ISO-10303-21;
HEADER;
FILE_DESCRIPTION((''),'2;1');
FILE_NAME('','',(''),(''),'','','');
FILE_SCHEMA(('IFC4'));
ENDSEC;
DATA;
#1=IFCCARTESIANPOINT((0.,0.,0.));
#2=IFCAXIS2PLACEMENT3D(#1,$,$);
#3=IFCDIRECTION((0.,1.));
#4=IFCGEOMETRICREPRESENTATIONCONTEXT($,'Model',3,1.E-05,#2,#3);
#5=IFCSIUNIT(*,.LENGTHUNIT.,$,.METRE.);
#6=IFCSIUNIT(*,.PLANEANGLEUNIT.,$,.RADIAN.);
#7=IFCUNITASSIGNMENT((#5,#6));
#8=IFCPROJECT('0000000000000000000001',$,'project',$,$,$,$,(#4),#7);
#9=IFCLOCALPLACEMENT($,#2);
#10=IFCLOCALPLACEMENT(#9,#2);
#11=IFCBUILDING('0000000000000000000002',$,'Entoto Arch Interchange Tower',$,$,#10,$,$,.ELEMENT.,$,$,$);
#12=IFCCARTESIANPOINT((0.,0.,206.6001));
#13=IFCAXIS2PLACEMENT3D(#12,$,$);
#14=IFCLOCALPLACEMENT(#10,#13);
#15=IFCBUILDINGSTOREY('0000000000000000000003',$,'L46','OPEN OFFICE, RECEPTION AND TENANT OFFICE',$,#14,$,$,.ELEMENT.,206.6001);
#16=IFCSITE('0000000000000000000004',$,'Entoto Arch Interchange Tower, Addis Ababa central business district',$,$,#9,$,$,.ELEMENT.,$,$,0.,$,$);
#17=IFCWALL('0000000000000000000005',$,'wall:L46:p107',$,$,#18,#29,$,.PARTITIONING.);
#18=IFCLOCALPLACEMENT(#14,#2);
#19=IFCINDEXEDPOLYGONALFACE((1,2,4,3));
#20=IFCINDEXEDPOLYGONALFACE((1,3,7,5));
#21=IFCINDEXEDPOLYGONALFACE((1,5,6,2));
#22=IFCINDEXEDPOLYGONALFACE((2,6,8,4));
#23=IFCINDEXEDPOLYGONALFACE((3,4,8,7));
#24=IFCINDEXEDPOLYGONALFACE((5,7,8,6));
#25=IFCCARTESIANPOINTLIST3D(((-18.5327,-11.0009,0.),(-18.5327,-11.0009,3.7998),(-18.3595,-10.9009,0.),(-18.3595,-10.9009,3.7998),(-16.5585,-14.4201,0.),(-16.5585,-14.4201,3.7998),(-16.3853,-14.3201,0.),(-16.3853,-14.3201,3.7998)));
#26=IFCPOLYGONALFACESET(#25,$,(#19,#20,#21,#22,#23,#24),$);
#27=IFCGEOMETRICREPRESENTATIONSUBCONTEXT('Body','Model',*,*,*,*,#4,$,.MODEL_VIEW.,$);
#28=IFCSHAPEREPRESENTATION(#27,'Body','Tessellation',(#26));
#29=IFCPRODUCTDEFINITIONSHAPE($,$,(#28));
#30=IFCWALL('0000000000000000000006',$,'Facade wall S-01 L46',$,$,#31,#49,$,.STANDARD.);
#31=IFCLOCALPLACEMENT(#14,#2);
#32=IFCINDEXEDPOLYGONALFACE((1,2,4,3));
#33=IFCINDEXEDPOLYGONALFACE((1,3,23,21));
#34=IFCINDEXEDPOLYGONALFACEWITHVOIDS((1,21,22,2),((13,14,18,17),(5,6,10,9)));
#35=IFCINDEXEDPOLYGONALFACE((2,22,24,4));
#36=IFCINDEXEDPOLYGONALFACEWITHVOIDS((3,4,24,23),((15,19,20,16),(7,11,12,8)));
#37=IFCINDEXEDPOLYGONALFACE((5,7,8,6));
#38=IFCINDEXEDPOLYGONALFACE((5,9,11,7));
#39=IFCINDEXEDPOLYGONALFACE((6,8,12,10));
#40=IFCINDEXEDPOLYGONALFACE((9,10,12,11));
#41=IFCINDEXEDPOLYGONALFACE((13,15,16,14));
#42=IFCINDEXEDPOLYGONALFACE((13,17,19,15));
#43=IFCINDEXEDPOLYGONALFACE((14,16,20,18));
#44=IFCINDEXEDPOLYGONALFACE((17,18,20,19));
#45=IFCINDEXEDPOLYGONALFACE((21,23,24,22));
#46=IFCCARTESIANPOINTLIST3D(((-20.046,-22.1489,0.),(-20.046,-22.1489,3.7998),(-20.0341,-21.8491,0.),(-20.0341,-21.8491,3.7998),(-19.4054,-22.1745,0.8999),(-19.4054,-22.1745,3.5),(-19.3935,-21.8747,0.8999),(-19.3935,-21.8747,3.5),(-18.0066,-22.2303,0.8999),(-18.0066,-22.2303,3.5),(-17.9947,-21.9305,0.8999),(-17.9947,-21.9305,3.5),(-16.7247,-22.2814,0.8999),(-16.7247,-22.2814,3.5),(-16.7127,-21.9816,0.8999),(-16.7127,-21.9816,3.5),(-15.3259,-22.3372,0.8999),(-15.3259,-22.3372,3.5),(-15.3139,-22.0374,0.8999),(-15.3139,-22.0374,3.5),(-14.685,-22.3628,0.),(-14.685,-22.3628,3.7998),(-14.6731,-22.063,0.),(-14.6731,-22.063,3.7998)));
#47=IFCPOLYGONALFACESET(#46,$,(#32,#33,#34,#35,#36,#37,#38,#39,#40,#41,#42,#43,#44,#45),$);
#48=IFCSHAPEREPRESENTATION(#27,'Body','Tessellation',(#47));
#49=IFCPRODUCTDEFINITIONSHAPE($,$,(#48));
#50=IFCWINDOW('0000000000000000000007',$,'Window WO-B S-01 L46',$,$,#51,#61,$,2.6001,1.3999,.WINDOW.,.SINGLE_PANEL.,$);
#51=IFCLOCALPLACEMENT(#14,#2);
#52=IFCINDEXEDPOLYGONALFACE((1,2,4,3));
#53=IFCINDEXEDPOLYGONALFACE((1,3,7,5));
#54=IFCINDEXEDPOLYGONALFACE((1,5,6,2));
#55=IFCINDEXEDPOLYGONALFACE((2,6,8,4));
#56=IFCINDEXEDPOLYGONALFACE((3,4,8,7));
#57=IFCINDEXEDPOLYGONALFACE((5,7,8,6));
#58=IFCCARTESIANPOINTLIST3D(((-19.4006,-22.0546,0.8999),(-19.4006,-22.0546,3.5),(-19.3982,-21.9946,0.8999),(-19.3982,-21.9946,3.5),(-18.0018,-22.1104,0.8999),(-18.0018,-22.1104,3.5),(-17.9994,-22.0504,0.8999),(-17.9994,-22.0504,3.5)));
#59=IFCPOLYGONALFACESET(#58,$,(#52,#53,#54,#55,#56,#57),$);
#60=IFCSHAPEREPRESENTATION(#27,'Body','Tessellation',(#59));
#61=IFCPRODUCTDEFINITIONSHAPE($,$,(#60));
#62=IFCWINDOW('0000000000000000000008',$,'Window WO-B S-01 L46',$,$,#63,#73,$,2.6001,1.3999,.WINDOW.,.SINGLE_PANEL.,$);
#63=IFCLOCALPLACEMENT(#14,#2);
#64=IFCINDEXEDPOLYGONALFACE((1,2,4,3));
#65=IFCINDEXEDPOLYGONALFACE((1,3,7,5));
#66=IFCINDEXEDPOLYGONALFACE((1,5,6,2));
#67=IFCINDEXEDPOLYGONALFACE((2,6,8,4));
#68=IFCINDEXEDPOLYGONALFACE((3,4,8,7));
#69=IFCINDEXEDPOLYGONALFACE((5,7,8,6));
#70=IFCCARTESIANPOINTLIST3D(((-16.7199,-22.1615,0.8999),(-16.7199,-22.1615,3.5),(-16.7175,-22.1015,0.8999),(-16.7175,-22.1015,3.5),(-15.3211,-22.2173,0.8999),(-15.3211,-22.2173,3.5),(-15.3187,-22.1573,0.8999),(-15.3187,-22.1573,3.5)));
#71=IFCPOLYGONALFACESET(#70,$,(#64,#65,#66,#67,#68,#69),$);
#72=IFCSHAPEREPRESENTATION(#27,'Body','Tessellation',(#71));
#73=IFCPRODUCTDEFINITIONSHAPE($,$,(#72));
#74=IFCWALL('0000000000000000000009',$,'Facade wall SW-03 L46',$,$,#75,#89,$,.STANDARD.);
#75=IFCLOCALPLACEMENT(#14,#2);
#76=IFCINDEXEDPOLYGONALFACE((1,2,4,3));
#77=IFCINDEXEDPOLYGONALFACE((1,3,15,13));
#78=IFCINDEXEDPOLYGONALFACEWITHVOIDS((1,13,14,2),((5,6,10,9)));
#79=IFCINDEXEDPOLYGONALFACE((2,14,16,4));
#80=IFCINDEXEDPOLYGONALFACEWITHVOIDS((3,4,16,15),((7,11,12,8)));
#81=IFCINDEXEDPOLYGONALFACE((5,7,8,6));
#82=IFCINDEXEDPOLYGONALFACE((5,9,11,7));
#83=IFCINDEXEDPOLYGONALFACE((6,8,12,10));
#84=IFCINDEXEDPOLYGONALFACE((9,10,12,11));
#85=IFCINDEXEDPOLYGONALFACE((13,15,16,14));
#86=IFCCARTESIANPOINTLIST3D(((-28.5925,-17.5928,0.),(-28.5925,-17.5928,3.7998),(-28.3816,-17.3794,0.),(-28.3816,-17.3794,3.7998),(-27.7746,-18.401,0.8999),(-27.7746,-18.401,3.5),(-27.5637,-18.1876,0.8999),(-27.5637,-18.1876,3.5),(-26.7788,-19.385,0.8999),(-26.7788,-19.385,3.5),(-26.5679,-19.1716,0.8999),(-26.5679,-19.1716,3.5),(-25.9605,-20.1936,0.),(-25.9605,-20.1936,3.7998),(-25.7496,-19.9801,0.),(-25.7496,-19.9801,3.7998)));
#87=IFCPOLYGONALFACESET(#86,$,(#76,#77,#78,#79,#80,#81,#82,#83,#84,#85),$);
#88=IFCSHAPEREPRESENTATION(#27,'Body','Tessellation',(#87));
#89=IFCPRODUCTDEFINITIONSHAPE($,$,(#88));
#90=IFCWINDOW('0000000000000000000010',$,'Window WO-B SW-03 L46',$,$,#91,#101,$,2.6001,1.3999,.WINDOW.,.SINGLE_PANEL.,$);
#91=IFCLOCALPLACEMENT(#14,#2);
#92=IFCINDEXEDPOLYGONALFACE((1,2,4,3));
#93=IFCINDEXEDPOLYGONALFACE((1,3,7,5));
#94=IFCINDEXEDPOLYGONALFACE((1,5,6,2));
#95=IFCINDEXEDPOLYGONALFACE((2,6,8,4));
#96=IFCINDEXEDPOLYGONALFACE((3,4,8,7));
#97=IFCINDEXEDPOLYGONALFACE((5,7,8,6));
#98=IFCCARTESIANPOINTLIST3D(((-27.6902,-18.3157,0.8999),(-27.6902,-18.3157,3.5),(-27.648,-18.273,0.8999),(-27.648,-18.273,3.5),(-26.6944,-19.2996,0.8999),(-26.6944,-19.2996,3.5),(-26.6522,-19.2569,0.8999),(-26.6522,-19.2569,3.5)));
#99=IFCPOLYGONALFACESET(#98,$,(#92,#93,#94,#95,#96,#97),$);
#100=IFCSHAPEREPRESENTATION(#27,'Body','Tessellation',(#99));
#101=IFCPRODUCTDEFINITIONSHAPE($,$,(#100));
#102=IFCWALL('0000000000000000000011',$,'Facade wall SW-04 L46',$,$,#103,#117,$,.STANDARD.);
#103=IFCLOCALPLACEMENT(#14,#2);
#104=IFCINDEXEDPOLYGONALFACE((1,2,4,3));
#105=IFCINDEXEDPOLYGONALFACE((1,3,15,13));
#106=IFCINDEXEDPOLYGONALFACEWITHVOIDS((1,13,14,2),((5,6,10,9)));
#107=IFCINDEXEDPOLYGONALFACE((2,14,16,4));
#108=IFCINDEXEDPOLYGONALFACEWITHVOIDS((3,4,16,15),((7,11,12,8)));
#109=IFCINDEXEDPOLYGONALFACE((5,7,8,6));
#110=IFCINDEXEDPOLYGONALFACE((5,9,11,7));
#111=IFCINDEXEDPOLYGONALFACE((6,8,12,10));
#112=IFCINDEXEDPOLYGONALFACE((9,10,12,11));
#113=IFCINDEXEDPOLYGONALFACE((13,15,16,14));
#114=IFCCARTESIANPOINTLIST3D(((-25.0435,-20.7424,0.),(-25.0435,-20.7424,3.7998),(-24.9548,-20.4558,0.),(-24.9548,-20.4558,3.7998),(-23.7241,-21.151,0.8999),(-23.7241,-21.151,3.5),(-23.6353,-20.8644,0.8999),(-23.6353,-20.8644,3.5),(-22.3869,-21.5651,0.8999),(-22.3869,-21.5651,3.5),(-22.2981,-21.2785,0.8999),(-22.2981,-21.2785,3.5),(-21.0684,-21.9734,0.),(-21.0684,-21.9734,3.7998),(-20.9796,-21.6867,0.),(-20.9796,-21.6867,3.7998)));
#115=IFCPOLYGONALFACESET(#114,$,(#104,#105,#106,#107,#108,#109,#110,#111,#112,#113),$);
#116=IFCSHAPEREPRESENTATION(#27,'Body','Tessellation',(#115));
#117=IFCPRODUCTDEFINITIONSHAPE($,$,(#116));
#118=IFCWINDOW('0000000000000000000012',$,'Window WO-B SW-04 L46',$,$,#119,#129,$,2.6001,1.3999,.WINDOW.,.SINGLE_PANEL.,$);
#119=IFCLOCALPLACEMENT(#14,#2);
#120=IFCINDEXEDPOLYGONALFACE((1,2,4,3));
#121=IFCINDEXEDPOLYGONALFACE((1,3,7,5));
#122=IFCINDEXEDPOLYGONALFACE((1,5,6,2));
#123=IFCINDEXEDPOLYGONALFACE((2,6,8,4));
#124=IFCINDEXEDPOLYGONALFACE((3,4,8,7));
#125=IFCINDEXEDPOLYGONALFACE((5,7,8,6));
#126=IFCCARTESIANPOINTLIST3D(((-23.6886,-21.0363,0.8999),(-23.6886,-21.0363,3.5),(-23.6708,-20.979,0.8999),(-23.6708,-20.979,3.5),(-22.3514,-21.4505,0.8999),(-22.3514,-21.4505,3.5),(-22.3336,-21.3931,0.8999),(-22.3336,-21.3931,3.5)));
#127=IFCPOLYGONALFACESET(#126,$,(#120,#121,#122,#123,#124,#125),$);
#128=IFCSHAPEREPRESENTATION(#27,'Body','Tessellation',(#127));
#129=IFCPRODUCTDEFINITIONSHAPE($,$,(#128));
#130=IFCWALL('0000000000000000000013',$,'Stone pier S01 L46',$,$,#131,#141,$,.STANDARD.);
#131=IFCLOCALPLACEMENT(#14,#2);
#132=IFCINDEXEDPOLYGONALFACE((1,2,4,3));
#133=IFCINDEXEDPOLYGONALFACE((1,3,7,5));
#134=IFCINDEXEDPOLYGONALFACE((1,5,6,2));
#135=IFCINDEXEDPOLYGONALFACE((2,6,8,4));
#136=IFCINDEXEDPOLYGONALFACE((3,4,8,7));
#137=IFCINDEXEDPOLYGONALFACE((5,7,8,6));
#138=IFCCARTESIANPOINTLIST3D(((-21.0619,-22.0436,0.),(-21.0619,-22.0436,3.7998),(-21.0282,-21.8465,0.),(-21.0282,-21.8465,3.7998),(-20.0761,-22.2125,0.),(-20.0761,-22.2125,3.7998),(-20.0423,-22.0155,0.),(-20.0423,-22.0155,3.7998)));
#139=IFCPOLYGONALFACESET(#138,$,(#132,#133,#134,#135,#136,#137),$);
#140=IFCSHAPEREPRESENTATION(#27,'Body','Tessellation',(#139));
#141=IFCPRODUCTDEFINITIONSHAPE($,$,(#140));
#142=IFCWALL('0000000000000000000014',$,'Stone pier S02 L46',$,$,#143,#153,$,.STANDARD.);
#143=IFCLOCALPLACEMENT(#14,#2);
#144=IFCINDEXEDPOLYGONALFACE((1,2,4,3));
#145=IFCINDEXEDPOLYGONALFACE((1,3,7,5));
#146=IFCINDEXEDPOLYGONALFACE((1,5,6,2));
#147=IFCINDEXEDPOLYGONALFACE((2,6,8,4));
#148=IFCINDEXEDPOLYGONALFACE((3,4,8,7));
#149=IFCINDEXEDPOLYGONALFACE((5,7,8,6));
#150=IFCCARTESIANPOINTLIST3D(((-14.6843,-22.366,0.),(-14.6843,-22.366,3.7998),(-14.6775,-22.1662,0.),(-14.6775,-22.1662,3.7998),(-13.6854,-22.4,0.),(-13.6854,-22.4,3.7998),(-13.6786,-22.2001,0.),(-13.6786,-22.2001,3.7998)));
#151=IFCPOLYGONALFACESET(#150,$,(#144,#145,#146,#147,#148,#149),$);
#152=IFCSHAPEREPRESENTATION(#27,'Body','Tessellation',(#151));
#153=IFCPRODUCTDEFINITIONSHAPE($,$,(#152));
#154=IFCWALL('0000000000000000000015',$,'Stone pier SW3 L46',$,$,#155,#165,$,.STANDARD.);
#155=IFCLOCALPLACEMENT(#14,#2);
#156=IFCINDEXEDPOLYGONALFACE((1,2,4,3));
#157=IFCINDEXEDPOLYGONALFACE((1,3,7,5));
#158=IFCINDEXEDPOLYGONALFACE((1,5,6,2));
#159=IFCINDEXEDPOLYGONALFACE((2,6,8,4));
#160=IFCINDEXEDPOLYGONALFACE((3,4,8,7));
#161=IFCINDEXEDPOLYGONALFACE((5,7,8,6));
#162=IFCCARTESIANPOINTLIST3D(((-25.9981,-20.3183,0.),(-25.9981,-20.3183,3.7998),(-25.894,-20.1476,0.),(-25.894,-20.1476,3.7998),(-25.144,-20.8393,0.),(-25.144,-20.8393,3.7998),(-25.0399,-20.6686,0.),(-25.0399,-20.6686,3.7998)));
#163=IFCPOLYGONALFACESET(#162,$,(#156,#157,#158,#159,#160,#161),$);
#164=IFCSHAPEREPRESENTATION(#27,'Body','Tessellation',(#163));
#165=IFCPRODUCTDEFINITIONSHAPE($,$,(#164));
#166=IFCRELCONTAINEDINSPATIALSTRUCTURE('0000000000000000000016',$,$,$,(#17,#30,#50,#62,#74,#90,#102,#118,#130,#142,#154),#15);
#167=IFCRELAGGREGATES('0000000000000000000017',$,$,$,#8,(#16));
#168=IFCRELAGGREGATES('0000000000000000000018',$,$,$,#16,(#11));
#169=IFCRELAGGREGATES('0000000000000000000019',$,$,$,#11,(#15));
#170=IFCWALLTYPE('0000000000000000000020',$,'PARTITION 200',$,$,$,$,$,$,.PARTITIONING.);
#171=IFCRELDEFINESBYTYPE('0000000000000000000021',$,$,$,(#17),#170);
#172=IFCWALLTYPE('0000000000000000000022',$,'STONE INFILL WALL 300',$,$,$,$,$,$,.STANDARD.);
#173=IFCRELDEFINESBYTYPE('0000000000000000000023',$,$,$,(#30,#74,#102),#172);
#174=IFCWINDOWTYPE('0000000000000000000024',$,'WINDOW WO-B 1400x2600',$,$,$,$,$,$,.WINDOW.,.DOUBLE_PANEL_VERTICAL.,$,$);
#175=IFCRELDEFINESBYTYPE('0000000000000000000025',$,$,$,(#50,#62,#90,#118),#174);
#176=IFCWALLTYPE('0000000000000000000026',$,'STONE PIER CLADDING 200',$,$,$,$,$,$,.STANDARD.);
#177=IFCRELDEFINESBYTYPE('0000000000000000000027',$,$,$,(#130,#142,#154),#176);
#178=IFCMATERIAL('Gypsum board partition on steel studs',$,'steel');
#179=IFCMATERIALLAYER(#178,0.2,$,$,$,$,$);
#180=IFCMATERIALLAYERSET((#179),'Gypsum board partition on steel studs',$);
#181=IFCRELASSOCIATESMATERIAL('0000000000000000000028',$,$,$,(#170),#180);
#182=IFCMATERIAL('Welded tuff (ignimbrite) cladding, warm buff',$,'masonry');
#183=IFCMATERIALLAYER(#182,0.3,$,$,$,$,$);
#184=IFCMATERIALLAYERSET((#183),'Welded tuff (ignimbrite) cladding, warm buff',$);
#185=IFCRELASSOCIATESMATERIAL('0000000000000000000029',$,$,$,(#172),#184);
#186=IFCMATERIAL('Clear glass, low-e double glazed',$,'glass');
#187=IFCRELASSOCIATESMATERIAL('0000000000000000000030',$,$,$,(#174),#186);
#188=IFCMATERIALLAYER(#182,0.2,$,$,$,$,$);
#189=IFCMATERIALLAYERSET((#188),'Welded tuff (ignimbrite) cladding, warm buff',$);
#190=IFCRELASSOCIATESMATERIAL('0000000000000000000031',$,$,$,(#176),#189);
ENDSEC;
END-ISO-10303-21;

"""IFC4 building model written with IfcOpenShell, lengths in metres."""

from ifc_helpers import new_model, si_unit, direction, frame, frame_2d, origin, place, context, subcontext, project, spatial, rectangle, extrude, material, layer, layer_set, type_object, element, fill, save


model = new_model("IFC4")

# Units and contexts
model_context = context("Model", 3, precision=1e-05, world=origin(), true_north=direction((0.0, 1.0)))
body_context = subcontext(model_context, "Body", "Model", "MODEL_VIEW")
ifc_project = project(units=[si_unit("LENGTHUNIT", "METRE"), si_unit("PLANEANGLEUNIT", "RADIAN")], contexts=[model_context])

# Site, building, storey
site_placement = place(None, origin())
site = spatial("IfcSite", under=ifc_project, at=site_placement, Name="Entoto Arch Interchange Tower, Addis Ababa central business district", CompositionType="ELEMENT", RefElevation=0.0)
building_placement = place(site_placement, origin())
building = spatial("IfcBuilding", under=site, at=building_placement, Name="Entoto Arch Interchange Tower", CompositionType="ELEMENT")
storey_placement = place(building_placement, frame((0.0, 0.0, 206.6001)))
storey = spatial("IfcBuildingStorey", under=building, at=storey_placement, Name="L46", Description="OPEN OFFICE, RECEPTION AND TENANT OFFICE", CompositionType="ELEMENT", Elevation=206.6001)

# Shared definitions
ifc_material_1 = material(Name="Gypsum board partition on steel studs", Category="steel")
ifc_layer_1 = layer(ifc_material_1, 0.2)
ifc_layer_set_1 = layer_set([ifc_layer_1], Name="Gypsum board partition on steel studs")
wall_type_1 = type_object("IfcWallType", Name="PARTITION 200", PredefinedType="PARTITIONING", material=ifc_layer_set_1)

# Wall
wall_1_placement = place(storey_placement, frame((-16.4719, -14.3701, 0.0), z_axis=(0.0, 0.0, 1.0), x_axis=(-0.50001, 0.86602, 0.0)))
element("IfcWall", 1, at=wall_1_placement, inside=storey, type_object=wall_type_1, Name="wall:L46:p107", PredefinedType="PARTITIONING", context=body_context, shape_type="SweptSolid", body=[
    extrude(rectangle(XDim=3.9482, YDim=0.2, at=frame_2d((1.9741, 0.0))), origin(), (0.0, 0.0, 1.0), 3.7998),
])

# Wall, openings, windows
ifc_material_2 = material(Name="Welded tuff (ignimbrite) cladding, warm buff", Category="masonry")
ifc_layer_2 = layer(ifc_material_2, 0.3)
ifc_layer_set_2 = layer_set([ifc_layer_2], Name="Welded tuff (ignimbrite) cladding, warm buff")
wall_type_2 = type_object("IfcWallType", Name="STONE INFILL WALL 300", PredefinedType="STANDARD", material=ifc_layer_set_2)
wall_2_placement = place(storey_placement, frame((-20.04, -21.999, 0.0), z_axis=(0.0, 0.0, 1.0), x_axis=(0.999205, -0.039861, 0.0)))
wall_2 = element("IfcWall", 2, at=wall_2_placement, inside=storey, type_object=wall_type_2, Name="Facade wall S-01 L46", PredefinedType="STANDARD", context=body_context, shape_type="SweptSolid", body=[
    extrude(rectangle(XDim=5.3652, YDim=0.3, at=frame_2d((2.6826, 0.0))), origin(), (0.0, 0.0, 1.0), 3.7998),
])
opening_1_placement = place(wall_2_placement, frame((0.6411, 0.0, 0.8999)))
opening_1 = element("IfcOpeningElement", 3, at=opening_1_placement, cuts=wall_2, PredefinedType="OPENING", context=body_context, shape_type="SweptSolid", body=[
    extrude(rectangle(XDim=1.3999, YDim=2.6001, at=frame_2d((0.7, 1.3))), frame((0.0, 0.1602, 0.0), z_axis=(0.0, -1.0, 0.0), x_axis=(1.0, 0.0, 0.0)), (0.0, 0.0, 1.0), 0.3201),
])
opening_2_placement = place(wall_2_placement, frame((3.324, 0.0, 0.8999)))
opening_2 = element("IfcOpeningElement", 4, at=opening_2_placement, cuts=wall_2, PredefinedType="OPENING", context=body_context, shape_type="SweptSolid", body=[
    extrude(rectangle(XDim=1.3999, YDim=2.6001, at=frame_2d((0.7, 1.3))), frame((0.0, 0.1602, 0.0), z_axis=(0.0, -1.0, 0.0), x_axis=(1.0, 0.0, 0.0)), (0.0, 0.0, 1.0), 0.3201),
])
ifc_material_3 = material(Name="Clear glass, low-e double glazed", Category="glass")
window_type = type_object("IfcWindowType", Name="WINDOW WO-B 1400x2600", PartitioningType="DOUBLE_PANEL_VERTICAL", PredefinedType="WINDOW", material=ifc_material_3)
window_1_placement = place(opening_1_placement, origin())
window_1 = element("IfcWindow", 5, at=window_1_placement, inside=storey, type_object=window_type, Name="Window WO-B S-01 L46", OverallHeight=2.6001, OverallWidth=1.3999, PartitioningType="SINGLE_PANEL", PredefinedType="WINDOW", context=body_context, shape_type="SweptSolid", body=[
    extrude(rectangle(XDim=1.3999, YDim=2.6001, at=frame_2d((0.7, 1.3))), frame((0.0, 0.03, 0.0), z_axis=(0.0, -1.0, 0.0), x_axis=(1.0, 0.0, 0.0)), (0.0, 0.0, 1.0), 0.0601),
])
fill(opening_1, window_1)
window_2_placement = place(opening_2_placement, origin())
window_2 = element("IfcWindow", 6, at=window_2_placement, inside=storey, type_object=window_type, Name="Window WO-B S-01 L46", OverallHeight=2.6001, OverallWidth=1.3999, PartitioningType="SINGLE_PANEL", PredefinedType="WINDOW", context=body_context, shape_type="SweptSolid", body=[
    extrude(rectangle(XDim=1.3999, YDim=2.6001, at=frame_2d((0.7, 1.3))), frame((0.0, 0.03, 0.0), z_axis=(0.0, -1.0, 0.0), x_axis=(1.0, 0.0, 0.0)), (0.0, 0.0, 1.0), 0.0601),
])
fill(opening_2, window_2)

# Walls, openings, windows
wall_3_placement = place(storey_placement, frame((-28.4871, -17.4861, 0.0), z_axis=(0.0, 0.0, 1.0), x_axis=(0.711317, -0.702872, 0.0)))
wall_3 = element("IfcWall", 7, at=wall_3_placement, inside=storey, type_object=wall_type_2, Name="Facade wall SW-03 L46", PredefinedType="STANDARD", context=body_context, shape_type="SweptSolid", body=[
    extrude(rectangle(XDim=3.7002, YDim=0.3, at=frame_2d((1.8501, 0.0))), origin(), (0.0, 0.0, 1.0), 3.7998),
])
opening_3_placement = place(wall_3_placement, frame((1.1499, 0.0, 0.8999)))
opening_3 = element("IfcOpeningElement", 8, at=opening_3_placement, cuts=wall_3, PredefinedType="OPENING", context=body_context, shape_type="SweptSolid", body=[
    extrude(rectangle(XDim=1.3999, YDim=2.6001, at=frame_2d((0.7, 1.3))), frame((0.0, 0.1602, 0.0), z_axis=(0.0, -1.0, 0.0), x_axis=(1.0, 0.0, 0.0)), (0.0, 0.0, 1.0), 0.3201),
])
window_3_placement = place(opening_3_placement, origin())
window_3 = element("IfcWindow", 9, at=window_3_placement, inside=storey, type_object=window_type, Name="Window WO-B SW-03 L46", OverallHeight=2.6001, OverallWidth=1.3999, PartitioningType="SINGLE_PANEL", PredefinedType="WINDOW", context=body_context, shape_type="SweptSolid", body=[
    extrude(rectangle(XDim=1.3999, YDim=2.6001, at=frame_2d((0.7, 1.3))), frame((0.0, 0.03, 0.0), z_axis=(0.0, -1.0, 0.0), x_axis=(1.0, 0.0, 0.0)), (0.0, 0.0, 1.0), 0.0601),
])
fill(opening_3, window_3)
wall_4_placement = place(storey_placement, frame((-24.999, -20.5991, 0.0), z_axis=(0.0, 0.0, 1.0), x_axis=(0.955247, -0.295809, 0.0)))
wall_4 = element("IfcWall", 10, at=wall_4_placement, inside=storey, type_object=wall_type_2, Name="Facade wall SW-04 L46", PredefinedType="STANDARD", context=body_context, shape_type="SweptSolid", body=[
    extrude(rectangle(XDim=4.1614, YDim=0.3, at=frame_2d((2.0806, 0.0))), origin(), (0.0, 0.0, 1.0), 3.7998),
])
opening_4_placement = place(wall_4_placement, frame((1.3811, 0.0, 0.8999)))
opening_4 = element("IfcOpeningElement", 11, at=opening_4_placement, cuts=wall_4, PredefinedType="OPENING", context=body_context, shape_type="SweptSolid", body=[
    extrude(rectangle(XDim=1.3999, YDim=2.6001, at=frame_2d((0.7, 1.3))), frame((0.0, 0.1602, 0.0), z_axis=(0.0, -1.0, 0.0), x_axis=(1.0, 0.0, 0.0)), (0.0, 0.0, 1.0), 0.3201),
])
window_4_placement = place(opening_4_placement, origin())
window_4 = element("IfcWindow", 12, at=window_4_placement, inside=storey, type_object=window_type, Name="Window WO-B SW-04 L46", OverallHeight=2.6001, OverallWidth=1.3999, PartitioningType="SINGLE_PANEL", PredefinedType="WINDOW", context=body_context, shape_type="SweptSolid", body=[
    extrude(rectangle(XDim=1.3999, YDim=2.6001, at=frame_2d((0.7, 1.3))), frame((0.0, 0.03, 0.0), z_axis=(0.0, -1.0, 0.0), x_axis=(1.0, 0.0, 0.0)), (0.0, 0.0, 1.0), 0.0601),
])
fill(opening_4, window_4)

# Walls
ifc_layer_3 = layer(ifc_material_2, 0.2)
ifc_layer_set_3 = layer_set([ifc_layer_3], Name="Welded tuff (ignimbrite) cladding, warm buff")
wall_type_3 = type_object("IfcWallType", Name="STONE PIER CLADDING 200", PredefinedType="STANDARD", material=ifc_layer_set_3)
wall_5_placement = place(storey_placement, frame((-21.0449, -21.9451, 0.0), z_axis=(0.0, 0.0, 1.0), x_axis=(0.985632, -0.16891, 0.0)))
element("IfcWall", 13, at=wall_5_placement, inside=storey, type_object=wall_type_3, Name="Stone pier S01 L46", PredefinedType="STANDARD", context=body_context, shape_type="SweptSolid", body=[
    extrude(rectangle(XDim=1.0002, YDim=0.2, at=frame_2d((0.5, 0.0))), origin(), (0.0, 0.0, 1.0), 3.7998),
])
wall_6_placement = place(storey_placement, frame((-14.6809, -22.2661, 0.0), z_axis=(0.0, 0.0, 1.0), x_axis=(0.999424, -0.033949, 0.0)))
element("IfcWall", 14, at=wall_6_placement, inside=storey, type_object=wall_type_3, Name="Stone pier S02 L46", PredefinedType="STANDARD", context=body_context, shape_type="SweptSolid", body=[
    extrude(rectangle(XDim=0.9995, YDim=0.2, at=frame_2d((0.4998, 0.0))), origin(), (0.0, 0.0, 1.0), 3.7998),
])
wall_7_placement = place(storey_placement, frame((-25.946, -20.2329, 0.0), z_axis=(0.0, 0.0, 1.0), x_axis=(0.85368, -0.520798, 0.0)))
element("IfcWall", 15, at=wall_7_placement, inside=storey, type_object=wall_type_3, Name="Stone pier SW3 L46", PredefinedType="STANDARD", context=body_context, shape_type="SweptSolid", body=[
    extrude(rectangle(XDim=1.0005, YDim=0.2, at=frame_2d((0.5002, 0.0))), origin(), (0.0, 0.0, 1.0), 3.7998),
])

save(model, "model.ifc")
